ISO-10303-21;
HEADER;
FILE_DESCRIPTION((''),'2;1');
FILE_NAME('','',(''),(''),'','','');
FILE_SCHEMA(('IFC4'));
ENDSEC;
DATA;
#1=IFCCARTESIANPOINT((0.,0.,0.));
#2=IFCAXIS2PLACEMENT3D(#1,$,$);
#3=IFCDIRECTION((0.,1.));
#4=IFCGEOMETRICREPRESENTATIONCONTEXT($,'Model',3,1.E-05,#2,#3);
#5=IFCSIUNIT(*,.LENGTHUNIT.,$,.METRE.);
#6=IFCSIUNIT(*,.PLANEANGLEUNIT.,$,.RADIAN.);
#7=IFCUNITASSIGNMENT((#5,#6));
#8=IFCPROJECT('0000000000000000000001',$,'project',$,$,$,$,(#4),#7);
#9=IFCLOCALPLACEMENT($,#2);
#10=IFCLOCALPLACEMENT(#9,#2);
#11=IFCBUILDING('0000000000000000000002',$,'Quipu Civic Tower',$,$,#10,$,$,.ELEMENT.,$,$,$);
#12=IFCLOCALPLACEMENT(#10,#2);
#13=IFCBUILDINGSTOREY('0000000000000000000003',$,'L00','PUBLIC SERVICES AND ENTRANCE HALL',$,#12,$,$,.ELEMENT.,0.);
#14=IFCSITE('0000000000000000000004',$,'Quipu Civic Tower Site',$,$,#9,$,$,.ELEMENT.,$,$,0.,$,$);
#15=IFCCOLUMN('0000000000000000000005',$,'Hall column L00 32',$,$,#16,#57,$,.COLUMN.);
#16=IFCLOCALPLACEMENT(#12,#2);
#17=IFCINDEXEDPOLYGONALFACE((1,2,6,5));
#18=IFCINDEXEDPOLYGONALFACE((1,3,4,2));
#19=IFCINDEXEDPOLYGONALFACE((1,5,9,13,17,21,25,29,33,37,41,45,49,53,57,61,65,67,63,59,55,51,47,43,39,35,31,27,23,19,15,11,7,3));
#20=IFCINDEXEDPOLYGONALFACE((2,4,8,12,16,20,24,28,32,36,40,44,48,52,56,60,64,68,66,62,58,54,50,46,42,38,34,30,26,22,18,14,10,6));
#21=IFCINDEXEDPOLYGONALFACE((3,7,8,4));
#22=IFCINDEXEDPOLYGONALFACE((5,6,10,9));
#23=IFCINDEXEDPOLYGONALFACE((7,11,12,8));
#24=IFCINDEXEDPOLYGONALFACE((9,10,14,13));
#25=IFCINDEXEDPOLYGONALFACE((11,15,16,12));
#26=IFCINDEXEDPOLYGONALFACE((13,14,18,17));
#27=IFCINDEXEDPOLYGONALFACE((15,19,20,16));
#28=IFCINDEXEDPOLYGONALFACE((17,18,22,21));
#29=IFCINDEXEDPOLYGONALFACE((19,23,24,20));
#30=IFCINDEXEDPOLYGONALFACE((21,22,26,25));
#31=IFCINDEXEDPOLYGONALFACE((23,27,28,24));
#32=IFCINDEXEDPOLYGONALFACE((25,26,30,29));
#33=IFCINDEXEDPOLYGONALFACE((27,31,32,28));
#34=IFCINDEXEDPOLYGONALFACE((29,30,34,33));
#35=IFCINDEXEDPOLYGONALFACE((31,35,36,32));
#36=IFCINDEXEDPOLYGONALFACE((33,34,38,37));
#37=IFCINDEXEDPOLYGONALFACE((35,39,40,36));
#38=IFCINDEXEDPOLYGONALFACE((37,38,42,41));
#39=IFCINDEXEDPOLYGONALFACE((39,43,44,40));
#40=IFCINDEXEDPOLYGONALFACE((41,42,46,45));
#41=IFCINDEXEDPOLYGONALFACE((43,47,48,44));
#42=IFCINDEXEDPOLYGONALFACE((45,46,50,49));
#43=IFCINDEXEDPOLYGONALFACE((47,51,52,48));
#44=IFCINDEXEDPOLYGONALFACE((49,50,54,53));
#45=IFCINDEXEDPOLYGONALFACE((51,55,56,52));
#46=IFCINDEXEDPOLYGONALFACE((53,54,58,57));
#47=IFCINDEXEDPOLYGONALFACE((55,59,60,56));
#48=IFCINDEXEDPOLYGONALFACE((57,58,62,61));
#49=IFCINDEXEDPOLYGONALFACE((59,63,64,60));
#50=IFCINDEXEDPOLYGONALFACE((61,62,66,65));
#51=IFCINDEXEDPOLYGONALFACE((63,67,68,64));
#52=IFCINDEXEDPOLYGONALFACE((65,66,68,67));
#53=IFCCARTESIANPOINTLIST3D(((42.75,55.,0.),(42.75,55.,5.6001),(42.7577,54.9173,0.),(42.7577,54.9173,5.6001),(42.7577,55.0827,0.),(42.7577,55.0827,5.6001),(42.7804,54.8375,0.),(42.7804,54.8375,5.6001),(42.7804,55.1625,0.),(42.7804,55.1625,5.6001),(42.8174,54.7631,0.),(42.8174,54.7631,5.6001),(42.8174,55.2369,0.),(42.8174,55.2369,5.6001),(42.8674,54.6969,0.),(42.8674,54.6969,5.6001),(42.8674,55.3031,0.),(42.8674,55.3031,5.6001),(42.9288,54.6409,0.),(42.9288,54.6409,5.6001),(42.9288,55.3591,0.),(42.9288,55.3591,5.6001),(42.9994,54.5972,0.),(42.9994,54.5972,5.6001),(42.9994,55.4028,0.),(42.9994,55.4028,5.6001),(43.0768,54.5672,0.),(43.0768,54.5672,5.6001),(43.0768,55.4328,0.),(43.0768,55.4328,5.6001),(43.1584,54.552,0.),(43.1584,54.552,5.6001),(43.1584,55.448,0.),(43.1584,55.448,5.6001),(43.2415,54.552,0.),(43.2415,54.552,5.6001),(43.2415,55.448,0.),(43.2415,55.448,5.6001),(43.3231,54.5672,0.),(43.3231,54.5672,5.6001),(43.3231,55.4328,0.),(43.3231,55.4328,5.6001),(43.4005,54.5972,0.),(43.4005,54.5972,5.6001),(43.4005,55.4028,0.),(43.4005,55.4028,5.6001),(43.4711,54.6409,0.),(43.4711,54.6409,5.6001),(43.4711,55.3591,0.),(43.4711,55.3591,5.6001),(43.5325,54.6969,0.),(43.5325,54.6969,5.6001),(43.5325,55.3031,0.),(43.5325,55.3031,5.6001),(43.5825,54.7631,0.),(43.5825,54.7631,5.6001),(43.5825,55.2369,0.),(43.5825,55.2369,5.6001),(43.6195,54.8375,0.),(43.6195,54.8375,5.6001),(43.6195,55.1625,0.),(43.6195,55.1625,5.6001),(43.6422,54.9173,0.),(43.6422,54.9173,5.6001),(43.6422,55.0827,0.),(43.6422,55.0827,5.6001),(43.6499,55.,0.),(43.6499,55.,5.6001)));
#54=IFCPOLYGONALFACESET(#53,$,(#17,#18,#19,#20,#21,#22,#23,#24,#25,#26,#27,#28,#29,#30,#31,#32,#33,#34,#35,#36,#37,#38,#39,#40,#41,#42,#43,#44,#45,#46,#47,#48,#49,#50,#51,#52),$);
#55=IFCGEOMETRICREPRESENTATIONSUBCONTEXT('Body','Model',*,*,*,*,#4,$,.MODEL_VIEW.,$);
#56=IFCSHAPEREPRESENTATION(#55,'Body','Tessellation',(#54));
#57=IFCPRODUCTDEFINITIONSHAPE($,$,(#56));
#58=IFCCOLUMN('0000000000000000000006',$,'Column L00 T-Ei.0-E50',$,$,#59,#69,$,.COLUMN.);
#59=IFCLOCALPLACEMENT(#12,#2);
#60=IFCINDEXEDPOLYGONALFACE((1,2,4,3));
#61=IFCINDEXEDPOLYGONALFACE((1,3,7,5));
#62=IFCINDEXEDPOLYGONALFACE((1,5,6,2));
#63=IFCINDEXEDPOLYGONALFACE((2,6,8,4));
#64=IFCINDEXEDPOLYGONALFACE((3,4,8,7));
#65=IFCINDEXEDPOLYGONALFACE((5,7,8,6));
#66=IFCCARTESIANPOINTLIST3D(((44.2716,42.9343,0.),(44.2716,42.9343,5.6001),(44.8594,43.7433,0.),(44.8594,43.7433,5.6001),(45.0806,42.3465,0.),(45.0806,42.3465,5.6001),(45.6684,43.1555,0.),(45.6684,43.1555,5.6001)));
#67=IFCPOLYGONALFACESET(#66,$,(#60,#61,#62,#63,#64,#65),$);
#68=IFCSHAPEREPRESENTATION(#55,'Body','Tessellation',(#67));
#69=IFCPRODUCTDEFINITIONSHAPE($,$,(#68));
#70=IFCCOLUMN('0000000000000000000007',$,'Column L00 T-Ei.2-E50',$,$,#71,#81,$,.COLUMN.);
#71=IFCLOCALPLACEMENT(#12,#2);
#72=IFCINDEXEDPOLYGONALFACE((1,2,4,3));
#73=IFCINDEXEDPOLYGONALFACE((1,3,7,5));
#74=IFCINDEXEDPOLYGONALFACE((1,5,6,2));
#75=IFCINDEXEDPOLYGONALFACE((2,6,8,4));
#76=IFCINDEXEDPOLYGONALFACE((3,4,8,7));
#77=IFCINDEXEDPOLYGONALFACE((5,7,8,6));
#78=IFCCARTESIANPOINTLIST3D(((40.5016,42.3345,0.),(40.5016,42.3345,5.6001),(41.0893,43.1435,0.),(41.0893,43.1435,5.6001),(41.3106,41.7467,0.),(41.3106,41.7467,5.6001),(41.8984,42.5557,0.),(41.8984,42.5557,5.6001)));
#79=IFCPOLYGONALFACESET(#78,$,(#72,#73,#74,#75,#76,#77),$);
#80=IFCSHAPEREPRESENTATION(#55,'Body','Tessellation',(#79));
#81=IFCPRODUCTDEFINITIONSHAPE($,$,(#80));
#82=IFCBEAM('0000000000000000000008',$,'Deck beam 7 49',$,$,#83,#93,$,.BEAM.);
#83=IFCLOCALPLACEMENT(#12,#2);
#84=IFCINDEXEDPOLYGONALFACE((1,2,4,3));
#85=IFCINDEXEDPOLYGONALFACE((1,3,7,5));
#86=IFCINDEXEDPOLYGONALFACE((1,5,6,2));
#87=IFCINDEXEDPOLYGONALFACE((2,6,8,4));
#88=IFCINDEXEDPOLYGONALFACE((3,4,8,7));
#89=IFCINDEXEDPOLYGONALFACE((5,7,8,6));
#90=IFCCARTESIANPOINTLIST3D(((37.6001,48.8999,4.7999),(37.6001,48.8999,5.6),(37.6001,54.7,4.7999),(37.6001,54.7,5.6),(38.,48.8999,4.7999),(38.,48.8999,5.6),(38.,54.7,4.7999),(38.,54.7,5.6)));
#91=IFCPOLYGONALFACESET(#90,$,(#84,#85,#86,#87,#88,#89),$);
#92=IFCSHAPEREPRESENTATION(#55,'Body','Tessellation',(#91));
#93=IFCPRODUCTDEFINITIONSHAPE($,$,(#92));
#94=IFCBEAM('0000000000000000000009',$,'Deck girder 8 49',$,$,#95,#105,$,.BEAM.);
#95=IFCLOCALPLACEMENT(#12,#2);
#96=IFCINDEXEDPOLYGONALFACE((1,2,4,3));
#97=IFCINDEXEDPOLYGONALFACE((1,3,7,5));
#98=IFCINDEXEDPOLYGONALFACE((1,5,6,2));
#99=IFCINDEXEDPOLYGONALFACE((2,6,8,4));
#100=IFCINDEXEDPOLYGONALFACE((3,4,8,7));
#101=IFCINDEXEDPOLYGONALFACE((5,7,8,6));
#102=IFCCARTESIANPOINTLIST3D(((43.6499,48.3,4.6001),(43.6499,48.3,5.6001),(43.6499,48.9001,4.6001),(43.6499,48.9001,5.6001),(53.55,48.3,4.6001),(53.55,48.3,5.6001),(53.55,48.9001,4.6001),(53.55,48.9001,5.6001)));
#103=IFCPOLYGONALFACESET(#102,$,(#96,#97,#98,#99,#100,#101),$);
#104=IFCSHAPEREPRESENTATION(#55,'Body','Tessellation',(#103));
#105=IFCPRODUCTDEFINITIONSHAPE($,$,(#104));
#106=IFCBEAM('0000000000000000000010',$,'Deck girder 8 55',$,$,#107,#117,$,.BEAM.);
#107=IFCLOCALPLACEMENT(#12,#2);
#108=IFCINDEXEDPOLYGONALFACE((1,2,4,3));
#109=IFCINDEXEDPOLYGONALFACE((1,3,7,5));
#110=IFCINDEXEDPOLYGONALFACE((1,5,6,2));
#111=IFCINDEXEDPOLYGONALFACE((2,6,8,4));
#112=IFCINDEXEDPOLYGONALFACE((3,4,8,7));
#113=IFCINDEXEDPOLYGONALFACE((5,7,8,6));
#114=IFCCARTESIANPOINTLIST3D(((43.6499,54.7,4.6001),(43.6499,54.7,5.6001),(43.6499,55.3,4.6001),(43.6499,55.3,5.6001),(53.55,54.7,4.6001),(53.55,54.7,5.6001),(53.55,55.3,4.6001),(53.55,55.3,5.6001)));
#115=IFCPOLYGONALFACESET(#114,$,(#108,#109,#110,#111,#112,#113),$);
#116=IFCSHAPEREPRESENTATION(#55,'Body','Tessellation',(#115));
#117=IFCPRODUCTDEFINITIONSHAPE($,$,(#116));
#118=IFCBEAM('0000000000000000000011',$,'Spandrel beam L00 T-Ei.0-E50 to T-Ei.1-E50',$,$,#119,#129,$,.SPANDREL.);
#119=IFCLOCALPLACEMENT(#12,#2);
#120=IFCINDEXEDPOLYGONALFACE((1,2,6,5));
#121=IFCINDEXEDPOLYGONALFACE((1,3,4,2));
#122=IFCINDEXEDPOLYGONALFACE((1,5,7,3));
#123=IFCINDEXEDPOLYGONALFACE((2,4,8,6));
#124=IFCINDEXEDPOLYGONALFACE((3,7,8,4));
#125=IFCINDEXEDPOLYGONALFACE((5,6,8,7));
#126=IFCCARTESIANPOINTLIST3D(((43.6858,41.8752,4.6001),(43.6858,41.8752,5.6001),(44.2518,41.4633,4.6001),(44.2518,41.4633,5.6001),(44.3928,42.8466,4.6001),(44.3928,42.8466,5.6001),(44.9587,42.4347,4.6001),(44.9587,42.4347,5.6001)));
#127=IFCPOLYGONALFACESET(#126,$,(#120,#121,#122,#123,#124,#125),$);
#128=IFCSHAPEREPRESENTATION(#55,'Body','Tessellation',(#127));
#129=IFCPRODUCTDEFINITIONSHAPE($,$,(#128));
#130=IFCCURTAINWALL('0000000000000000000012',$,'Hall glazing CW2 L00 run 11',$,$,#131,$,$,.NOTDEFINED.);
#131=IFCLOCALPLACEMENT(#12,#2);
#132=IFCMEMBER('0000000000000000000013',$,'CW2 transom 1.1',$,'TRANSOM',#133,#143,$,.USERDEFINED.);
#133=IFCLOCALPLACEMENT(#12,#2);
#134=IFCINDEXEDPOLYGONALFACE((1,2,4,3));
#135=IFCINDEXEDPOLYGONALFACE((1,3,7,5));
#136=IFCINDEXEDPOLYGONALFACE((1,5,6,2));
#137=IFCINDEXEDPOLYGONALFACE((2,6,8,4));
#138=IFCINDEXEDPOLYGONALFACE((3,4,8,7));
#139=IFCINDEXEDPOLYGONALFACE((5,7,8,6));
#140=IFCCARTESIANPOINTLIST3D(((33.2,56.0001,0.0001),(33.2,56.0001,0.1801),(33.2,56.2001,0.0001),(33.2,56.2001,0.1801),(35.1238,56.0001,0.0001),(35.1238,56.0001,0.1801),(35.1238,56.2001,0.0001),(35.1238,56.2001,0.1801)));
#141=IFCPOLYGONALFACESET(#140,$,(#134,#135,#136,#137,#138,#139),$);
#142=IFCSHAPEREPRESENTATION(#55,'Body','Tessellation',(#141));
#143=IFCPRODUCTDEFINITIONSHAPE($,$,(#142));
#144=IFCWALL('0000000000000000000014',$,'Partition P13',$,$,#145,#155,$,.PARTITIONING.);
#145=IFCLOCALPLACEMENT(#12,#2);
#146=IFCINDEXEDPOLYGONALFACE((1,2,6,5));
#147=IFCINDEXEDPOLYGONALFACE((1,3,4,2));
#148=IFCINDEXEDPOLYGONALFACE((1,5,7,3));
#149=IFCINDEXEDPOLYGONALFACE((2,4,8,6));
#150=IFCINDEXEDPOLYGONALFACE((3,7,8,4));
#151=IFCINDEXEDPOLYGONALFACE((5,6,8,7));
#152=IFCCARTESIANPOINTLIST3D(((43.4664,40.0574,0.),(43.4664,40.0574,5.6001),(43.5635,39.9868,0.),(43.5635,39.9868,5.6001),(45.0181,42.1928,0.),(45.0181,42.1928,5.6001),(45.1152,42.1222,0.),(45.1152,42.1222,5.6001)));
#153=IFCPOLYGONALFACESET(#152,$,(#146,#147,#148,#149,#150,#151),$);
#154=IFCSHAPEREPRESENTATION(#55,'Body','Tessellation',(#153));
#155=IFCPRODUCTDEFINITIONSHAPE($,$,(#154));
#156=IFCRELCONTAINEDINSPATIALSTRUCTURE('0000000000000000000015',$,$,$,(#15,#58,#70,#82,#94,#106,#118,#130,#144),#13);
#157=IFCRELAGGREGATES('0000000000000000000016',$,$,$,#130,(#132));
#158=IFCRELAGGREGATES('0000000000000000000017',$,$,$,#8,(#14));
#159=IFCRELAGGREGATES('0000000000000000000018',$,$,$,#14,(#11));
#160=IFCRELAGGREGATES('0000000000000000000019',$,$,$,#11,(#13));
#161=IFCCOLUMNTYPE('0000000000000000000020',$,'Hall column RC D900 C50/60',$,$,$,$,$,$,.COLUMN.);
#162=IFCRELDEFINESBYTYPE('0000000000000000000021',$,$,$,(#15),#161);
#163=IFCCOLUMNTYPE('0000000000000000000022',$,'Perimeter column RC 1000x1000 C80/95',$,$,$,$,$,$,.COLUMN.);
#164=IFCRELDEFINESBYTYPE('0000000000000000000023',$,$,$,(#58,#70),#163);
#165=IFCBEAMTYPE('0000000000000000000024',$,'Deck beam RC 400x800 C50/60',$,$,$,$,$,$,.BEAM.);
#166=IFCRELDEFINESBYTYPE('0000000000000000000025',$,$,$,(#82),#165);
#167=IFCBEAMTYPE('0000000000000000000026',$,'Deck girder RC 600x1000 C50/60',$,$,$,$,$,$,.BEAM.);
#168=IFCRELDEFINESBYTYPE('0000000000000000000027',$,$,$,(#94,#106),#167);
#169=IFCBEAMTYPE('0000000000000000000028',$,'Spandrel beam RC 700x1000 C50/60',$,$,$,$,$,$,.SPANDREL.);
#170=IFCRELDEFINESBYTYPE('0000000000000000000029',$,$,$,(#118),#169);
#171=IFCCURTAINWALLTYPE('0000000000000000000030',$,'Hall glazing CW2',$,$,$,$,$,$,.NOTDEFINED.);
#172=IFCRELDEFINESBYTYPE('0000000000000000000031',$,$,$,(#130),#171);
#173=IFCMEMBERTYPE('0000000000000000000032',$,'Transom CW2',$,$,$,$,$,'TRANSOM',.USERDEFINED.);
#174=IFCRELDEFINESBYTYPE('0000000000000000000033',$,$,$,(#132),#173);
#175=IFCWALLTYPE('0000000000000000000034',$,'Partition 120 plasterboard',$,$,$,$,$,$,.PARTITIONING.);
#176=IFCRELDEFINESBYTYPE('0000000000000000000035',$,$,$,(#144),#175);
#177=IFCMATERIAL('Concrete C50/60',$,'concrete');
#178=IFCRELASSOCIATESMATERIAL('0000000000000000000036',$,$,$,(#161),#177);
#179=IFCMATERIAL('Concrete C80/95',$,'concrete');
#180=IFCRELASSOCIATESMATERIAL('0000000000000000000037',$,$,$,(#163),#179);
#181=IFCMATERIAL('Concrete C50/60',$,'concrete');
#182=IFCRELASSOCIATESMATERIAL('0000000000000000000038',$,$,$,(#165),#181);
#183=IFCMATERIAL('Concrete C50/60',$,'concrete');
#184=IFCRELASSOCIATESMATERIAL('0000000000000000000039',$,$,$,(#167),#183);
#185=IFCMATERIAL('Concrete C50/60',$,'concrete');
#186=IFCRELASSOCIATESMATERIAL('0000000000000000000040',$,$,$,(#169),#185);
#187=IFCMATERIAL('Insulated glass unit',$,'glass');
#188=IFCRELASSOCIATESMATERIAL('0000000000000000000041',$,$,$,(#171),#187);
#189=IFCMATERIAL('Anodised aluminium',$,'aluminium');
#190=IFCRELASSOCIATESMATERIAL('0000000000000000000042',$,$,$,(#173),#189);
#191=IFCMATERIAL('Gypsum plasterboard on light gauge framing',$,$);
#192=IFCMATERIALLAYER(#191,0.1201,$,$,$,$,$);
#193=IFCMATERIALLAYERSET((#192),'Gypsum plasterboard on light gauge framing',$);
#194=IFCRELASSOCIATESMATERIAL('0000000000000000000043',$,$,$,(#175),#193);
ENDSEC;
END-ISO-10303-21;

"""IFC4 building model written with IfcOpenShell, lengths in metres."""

from ifc_helpers import new_model, si_unit, direction, frame, frame_2d, origin, origin_2d, place, context, subcontext, project, spatial, rectangle, circle, extrude, material, layer, layer_set, material_profile, profile_set, type_object, element, aggregate, save


model = new_model("IFC4")

# Units and contexts
model_context = context("Model", 3, precision=1e-05, world=origin(), true_north=direction((0.0, 1.0)))
body_context = subcontext(model_context, "Body", "Model", "MODEL_VIEW")
ifc_project = project(units=[si_unit("LENGTHUNIT", "METRE"), si_unit("PLANEANGLEUNIT", "RADIAN")], contexts=[model_context])

# Site, building, storey
site_placement = place(None, origin())
site = spatial("IfcSite", under=ifc_project, at=site_placement, Name="Quipu Civic Tower Site", CompositionType="ELEMENT", RefElevation=0.0)
building_placement = place(site_placement, origin())
building = spatial("IfcBuilding", under=site, at=building_placement, Name="Quipu Civic Tower", CompositionType="ELEMENT")
storey_placement = place(building_placement, origin())
storey = spatial("IfcBuildingStorey", under=building, at=storey_placement, Name="L00", Description="PUBLIC SERVICES AND ENTRANCE HALL", CompositionType="ELEMENT", Elevation=0.0)

# Columns
ifc_material_1 = material(Name="Concrete C50/60", Category="concrete")
ifc_material_profile_1 = material_profile(ifc_material_1, circle(Radius=0.45, at=origin_2d()), Name="RCD900")
ifc_profile_set_1 = profile_set([ifc_material_profile_1], Name="Concrete C50/60")
column_type_1 = type_object("IfcColumnType", Name="Hall column RC D900 C50/60", PredefinedType="COLUMN", material=ifc_profile_set_1)
for number, where, z_axis, x_axis, name in (
    (1, (43.2, 55.0, 0.0), (0.0, 0.0, 1.0), (1.0, 0.0, 0.0), "Hall column L00 32"),
):
    element("IfcColumn", number, at=place(storey_placement, frame(where, z_axis=z_axis, x_axis=x_axis)), inside=storey, type_object=column_type_1, Name=name, PredefinedType="COLUMN", context=body_context, shape_type="SweptSolid", body=[
        extrude(circle(Radius=0.45, at=origin_2d()), origin(), (0.0, 0.0, 1.0), 5.6001),
    ])
ifc_material_2 = material(Name="Concrete C80/95", Category="concrete")
ifc_material_profile_2 = material_profile(ifc_material_2, rectangle(XDim=1.0, YDim=1.0, at=origin_2d()), Name="RC1000x1000")
ifc_profile_set_2 = profile_set([ifc_material_profile_2], Name="Concrete C80/95")
column_type_2 = type_object("IfcColumnType", Name="Perimeter column RC 1000x1000 C80/95", PredefinedType="COLUMN", material=ifc_profile_set_2)
for number, where, z_axis, x_axis, name in (
    (2, (44.97, 43.0449, 0.0), (0.0, 0.0, 1.0), (-0.809017, 0.587785, 0.0), "Column L00 T-Ei.0-E50"),
    (3, (41.2, 42.4451, 0.0), (0.0, 0.0, 1.0), (-0.587785, -0.809017, 0.0), "Column L00 T-Ei.2-E50"),
):
    element("IfcColumn", number, at=place(storey_placement, frame(where, z_axis=z_axis, x_axis=x_axis)), inside=storey, type_object=column_type_2, Name=name, PredefinedType="COLUMN", context=body_context, shape_type="SweptSolid", body=[
        extrude(rectangle(XDim=1.0, YDim=1.0, at=origin_2d()), origin(), (0.0, 0.0, 1.0), 5.6001),
    ])

# Beams
ifc_material_3 = material(Name="Concrete C50/60", Category="concrete")
ifc_material_profile_3 = material_profile(ifc_material_3, rectangle(XDim=0.3999, YDim=0.8, at=origin_2d()), Name="RC400x800")
ifc_profile_set_3 = profile_set([ifc_material_profile_3], Name="Concrete C50/60")
beam_type_1 = type_object("IfcBeamType", Name="Deck beam RC 400x800 C50/60", PredefinedType="BEAM", material=ifc_profile_set_3)
beam_1_placement = place(storey_placement, frame((37.8, 48.8999, 5.2), z_axis=(0.0, 1.0, 0.0), x_axis=(-1.0, 0.0, 0.0)))
element("IfcBeam", 4, at=beam_1_placement, inside=storey, type_object=beam_type_1, Name="Deck beam 7 49", PredefinedType="BEAM", context=body_context, shape_type="SweptSolid", body=[
    extrude(rectangle(XDim=0.3999, YDim=0.8, at=origin_2d()), origin(), (0.0, 0.0, 1.0), 5.8),
])
ifc_material_4 = material(Name="Concrete C50/60", Category="concrete")
ifc_material_profile_4 = material_profile(ifc_material_4, rectangle(XDim=0.6001, YDim=1.0, at=origin_2d()), Name="RC600x1000")
ifc_profile_set_4 = profile_set([ifc_material_profile_4], Name="Concrete C50/60")
beam_type_2 = type_object("IfcBeamType", Name="Deck girder RC 600x1000 C50/60", PredefinedType="BEAM", material=ifc_profile_set_4)
for number, where, z_axis, x_axis, name in (
    (5, (43.6499, 48.6001, 5.1001), (1.0, 0.0, 0.0), (0.0, 1.0, 0.0), "Deck girder 8 49"),
    (6, (43.6499, 55.0, 5.1001), (1.0, 0.0, 0.0), (0.0, 1.0, 0.0), "Deck girder 8 55"),
):
    element("IfcBeam", number, at=place(storey_placement, frame(where, z_axis=z_axis, x_axis=x_axis)), inside=storey, type_object=beam_type_2, Name=name, PredefinedType="BEAM", context=body_context, shape_type="SweptSolid", body=[
        extrude(rectangle(XDim=0.6001, YDim=1.0, at=origin_2d()), origin(), (0.0, 0.0, 1.0), 9.9001),
    ])
ifc_material_5 = material(Name="Concrete C50/60", Category="concrete")
ifc_material_profile_5 = material_profile(ifc_material_5, rectangle(XDim=0.7, YDim=1.0, at=origin_2d()), Name="RC700x1000")
ifc_profile_set_5 = profile_set([ifc_material_profile_5], Name="Concrete C50/60")
beam_type_3 = type_object("IfcBeamType", Name="Spandrel beam RC 700x1000 C50/60", PredefinedType="SPANDREL", material=ifc_profile_set_5)
beam_2_placement = place(storey_placement, frame((44.6758, 42.6406, 5.1001), z_axis=(-0.588462, -0.808525, 0.0), x_axis=(0.808525, -0.588462, 0.0)))
element("IfcBeam", 7, at=beam_2_placement, inside=storey, type_object=beam_type_3, Name="Spandrel beam L00 T-Ei.0-E50 to T-Ei.1-E50", PredefinedType="SPANDREL", context=body_context, shape_type="SweptSolid", body=[
    extrude(rectangle(XDim=0.7, YDim=1.0, at=origin_2d()), origin(), (0.0, 0.0, 1.0), 1.2014),
])

# Curtain wall, member
ifc_material_6 = material(Name="Insulated glass unit", Category="glass")
curtain_wall_type = type_object("IfcCurtainWallType", Name="Hall glazing CW2", PredefinedType="NOTDEFINED", material=ifc_material_6)
curtain_wall_placement = place(storey_placement, origin())
curtain_wall = element("IfcCurtainWall", 8, at=curtain_wall_placement, inside=storey, type_object=curtain_wall_type, Name="Hall glazing CW2 L00 run 11", PredefinedType="NOTDEFINED")
ifc_material_7 = material(Name="Anodised aluminium", Category="aluminium")
ifc_material_profile_6 = material_profile(ifc_material_7, rectangle(XDim=0.2, YDim=0.1799, at=origin_2d()), Name="RECT 200x180")
ifc_profile_set_6 = profile_set([ifc_material_profile_6], Name="Anodised aluminium")
member_type = type_object("IfcMemberType", Name="Transom CW2", ElementType="TRANSOM", PredefinedType="USERDEFINED", material=ifc_profile_set_6)
member_placement = place(storey_placement, frame((35.1238, 56.1001, 0.0901), z_axis=(-1.0, 0.0, 0.0), x_axis=(0.0, -1.0, 0.0)))
member = element("IfcMember", 9, at=member_placement, type_object=member_type, Name="CW2 transom 1.1", ObjectType="TRANSOM", PredefinedType="USERDEFINED", context=body_context, shape_type="SweptSolid", body=[
    extrude(rectangle(XDim=0.2, YDim=0.1799, at=origin_2d()), origin(), (0.0, 0.0, 1.0), 1.9238),
])
aggregate(curtain_wall, [member])

# Wall
ifc_material_8 = material(Name="Gypsum plasterboard on light gauge framing")
ifc_layer = layer(ifc_material_8, 0.1201)
ifc_layer_set = layer_set([ifc_layer], Name="Gypsum plasterboard on light gauge framing")
wall_type = type_object("IfcWallType", Name="Partition 120 plasterboard", PredefinedType="PARTITIONING", material=ifc_layer_set)
wall_placement = place(storey_placement, frame((45.0667, 42.1575, 0.0), z_axis=(0.0, 0.0, 1.0), x_axis=(-0.587842, -0.808976, 0.0)))
element("IfcWall", 10, at=wall_placement, inside=storey, type_object=wall_type, Name="Partition P13", PredefinedType="PARTITIONING", context=body_context, shape_type="SweptSolid", body=[
    extrude(rectangle(XDim=2.6396, YDim=0.1201, at=frame_2d((1.3198, 0.0))), origin(), (0.0, 0.0, 1.0), 5.6001),
])

save(model, "model.ifc")
